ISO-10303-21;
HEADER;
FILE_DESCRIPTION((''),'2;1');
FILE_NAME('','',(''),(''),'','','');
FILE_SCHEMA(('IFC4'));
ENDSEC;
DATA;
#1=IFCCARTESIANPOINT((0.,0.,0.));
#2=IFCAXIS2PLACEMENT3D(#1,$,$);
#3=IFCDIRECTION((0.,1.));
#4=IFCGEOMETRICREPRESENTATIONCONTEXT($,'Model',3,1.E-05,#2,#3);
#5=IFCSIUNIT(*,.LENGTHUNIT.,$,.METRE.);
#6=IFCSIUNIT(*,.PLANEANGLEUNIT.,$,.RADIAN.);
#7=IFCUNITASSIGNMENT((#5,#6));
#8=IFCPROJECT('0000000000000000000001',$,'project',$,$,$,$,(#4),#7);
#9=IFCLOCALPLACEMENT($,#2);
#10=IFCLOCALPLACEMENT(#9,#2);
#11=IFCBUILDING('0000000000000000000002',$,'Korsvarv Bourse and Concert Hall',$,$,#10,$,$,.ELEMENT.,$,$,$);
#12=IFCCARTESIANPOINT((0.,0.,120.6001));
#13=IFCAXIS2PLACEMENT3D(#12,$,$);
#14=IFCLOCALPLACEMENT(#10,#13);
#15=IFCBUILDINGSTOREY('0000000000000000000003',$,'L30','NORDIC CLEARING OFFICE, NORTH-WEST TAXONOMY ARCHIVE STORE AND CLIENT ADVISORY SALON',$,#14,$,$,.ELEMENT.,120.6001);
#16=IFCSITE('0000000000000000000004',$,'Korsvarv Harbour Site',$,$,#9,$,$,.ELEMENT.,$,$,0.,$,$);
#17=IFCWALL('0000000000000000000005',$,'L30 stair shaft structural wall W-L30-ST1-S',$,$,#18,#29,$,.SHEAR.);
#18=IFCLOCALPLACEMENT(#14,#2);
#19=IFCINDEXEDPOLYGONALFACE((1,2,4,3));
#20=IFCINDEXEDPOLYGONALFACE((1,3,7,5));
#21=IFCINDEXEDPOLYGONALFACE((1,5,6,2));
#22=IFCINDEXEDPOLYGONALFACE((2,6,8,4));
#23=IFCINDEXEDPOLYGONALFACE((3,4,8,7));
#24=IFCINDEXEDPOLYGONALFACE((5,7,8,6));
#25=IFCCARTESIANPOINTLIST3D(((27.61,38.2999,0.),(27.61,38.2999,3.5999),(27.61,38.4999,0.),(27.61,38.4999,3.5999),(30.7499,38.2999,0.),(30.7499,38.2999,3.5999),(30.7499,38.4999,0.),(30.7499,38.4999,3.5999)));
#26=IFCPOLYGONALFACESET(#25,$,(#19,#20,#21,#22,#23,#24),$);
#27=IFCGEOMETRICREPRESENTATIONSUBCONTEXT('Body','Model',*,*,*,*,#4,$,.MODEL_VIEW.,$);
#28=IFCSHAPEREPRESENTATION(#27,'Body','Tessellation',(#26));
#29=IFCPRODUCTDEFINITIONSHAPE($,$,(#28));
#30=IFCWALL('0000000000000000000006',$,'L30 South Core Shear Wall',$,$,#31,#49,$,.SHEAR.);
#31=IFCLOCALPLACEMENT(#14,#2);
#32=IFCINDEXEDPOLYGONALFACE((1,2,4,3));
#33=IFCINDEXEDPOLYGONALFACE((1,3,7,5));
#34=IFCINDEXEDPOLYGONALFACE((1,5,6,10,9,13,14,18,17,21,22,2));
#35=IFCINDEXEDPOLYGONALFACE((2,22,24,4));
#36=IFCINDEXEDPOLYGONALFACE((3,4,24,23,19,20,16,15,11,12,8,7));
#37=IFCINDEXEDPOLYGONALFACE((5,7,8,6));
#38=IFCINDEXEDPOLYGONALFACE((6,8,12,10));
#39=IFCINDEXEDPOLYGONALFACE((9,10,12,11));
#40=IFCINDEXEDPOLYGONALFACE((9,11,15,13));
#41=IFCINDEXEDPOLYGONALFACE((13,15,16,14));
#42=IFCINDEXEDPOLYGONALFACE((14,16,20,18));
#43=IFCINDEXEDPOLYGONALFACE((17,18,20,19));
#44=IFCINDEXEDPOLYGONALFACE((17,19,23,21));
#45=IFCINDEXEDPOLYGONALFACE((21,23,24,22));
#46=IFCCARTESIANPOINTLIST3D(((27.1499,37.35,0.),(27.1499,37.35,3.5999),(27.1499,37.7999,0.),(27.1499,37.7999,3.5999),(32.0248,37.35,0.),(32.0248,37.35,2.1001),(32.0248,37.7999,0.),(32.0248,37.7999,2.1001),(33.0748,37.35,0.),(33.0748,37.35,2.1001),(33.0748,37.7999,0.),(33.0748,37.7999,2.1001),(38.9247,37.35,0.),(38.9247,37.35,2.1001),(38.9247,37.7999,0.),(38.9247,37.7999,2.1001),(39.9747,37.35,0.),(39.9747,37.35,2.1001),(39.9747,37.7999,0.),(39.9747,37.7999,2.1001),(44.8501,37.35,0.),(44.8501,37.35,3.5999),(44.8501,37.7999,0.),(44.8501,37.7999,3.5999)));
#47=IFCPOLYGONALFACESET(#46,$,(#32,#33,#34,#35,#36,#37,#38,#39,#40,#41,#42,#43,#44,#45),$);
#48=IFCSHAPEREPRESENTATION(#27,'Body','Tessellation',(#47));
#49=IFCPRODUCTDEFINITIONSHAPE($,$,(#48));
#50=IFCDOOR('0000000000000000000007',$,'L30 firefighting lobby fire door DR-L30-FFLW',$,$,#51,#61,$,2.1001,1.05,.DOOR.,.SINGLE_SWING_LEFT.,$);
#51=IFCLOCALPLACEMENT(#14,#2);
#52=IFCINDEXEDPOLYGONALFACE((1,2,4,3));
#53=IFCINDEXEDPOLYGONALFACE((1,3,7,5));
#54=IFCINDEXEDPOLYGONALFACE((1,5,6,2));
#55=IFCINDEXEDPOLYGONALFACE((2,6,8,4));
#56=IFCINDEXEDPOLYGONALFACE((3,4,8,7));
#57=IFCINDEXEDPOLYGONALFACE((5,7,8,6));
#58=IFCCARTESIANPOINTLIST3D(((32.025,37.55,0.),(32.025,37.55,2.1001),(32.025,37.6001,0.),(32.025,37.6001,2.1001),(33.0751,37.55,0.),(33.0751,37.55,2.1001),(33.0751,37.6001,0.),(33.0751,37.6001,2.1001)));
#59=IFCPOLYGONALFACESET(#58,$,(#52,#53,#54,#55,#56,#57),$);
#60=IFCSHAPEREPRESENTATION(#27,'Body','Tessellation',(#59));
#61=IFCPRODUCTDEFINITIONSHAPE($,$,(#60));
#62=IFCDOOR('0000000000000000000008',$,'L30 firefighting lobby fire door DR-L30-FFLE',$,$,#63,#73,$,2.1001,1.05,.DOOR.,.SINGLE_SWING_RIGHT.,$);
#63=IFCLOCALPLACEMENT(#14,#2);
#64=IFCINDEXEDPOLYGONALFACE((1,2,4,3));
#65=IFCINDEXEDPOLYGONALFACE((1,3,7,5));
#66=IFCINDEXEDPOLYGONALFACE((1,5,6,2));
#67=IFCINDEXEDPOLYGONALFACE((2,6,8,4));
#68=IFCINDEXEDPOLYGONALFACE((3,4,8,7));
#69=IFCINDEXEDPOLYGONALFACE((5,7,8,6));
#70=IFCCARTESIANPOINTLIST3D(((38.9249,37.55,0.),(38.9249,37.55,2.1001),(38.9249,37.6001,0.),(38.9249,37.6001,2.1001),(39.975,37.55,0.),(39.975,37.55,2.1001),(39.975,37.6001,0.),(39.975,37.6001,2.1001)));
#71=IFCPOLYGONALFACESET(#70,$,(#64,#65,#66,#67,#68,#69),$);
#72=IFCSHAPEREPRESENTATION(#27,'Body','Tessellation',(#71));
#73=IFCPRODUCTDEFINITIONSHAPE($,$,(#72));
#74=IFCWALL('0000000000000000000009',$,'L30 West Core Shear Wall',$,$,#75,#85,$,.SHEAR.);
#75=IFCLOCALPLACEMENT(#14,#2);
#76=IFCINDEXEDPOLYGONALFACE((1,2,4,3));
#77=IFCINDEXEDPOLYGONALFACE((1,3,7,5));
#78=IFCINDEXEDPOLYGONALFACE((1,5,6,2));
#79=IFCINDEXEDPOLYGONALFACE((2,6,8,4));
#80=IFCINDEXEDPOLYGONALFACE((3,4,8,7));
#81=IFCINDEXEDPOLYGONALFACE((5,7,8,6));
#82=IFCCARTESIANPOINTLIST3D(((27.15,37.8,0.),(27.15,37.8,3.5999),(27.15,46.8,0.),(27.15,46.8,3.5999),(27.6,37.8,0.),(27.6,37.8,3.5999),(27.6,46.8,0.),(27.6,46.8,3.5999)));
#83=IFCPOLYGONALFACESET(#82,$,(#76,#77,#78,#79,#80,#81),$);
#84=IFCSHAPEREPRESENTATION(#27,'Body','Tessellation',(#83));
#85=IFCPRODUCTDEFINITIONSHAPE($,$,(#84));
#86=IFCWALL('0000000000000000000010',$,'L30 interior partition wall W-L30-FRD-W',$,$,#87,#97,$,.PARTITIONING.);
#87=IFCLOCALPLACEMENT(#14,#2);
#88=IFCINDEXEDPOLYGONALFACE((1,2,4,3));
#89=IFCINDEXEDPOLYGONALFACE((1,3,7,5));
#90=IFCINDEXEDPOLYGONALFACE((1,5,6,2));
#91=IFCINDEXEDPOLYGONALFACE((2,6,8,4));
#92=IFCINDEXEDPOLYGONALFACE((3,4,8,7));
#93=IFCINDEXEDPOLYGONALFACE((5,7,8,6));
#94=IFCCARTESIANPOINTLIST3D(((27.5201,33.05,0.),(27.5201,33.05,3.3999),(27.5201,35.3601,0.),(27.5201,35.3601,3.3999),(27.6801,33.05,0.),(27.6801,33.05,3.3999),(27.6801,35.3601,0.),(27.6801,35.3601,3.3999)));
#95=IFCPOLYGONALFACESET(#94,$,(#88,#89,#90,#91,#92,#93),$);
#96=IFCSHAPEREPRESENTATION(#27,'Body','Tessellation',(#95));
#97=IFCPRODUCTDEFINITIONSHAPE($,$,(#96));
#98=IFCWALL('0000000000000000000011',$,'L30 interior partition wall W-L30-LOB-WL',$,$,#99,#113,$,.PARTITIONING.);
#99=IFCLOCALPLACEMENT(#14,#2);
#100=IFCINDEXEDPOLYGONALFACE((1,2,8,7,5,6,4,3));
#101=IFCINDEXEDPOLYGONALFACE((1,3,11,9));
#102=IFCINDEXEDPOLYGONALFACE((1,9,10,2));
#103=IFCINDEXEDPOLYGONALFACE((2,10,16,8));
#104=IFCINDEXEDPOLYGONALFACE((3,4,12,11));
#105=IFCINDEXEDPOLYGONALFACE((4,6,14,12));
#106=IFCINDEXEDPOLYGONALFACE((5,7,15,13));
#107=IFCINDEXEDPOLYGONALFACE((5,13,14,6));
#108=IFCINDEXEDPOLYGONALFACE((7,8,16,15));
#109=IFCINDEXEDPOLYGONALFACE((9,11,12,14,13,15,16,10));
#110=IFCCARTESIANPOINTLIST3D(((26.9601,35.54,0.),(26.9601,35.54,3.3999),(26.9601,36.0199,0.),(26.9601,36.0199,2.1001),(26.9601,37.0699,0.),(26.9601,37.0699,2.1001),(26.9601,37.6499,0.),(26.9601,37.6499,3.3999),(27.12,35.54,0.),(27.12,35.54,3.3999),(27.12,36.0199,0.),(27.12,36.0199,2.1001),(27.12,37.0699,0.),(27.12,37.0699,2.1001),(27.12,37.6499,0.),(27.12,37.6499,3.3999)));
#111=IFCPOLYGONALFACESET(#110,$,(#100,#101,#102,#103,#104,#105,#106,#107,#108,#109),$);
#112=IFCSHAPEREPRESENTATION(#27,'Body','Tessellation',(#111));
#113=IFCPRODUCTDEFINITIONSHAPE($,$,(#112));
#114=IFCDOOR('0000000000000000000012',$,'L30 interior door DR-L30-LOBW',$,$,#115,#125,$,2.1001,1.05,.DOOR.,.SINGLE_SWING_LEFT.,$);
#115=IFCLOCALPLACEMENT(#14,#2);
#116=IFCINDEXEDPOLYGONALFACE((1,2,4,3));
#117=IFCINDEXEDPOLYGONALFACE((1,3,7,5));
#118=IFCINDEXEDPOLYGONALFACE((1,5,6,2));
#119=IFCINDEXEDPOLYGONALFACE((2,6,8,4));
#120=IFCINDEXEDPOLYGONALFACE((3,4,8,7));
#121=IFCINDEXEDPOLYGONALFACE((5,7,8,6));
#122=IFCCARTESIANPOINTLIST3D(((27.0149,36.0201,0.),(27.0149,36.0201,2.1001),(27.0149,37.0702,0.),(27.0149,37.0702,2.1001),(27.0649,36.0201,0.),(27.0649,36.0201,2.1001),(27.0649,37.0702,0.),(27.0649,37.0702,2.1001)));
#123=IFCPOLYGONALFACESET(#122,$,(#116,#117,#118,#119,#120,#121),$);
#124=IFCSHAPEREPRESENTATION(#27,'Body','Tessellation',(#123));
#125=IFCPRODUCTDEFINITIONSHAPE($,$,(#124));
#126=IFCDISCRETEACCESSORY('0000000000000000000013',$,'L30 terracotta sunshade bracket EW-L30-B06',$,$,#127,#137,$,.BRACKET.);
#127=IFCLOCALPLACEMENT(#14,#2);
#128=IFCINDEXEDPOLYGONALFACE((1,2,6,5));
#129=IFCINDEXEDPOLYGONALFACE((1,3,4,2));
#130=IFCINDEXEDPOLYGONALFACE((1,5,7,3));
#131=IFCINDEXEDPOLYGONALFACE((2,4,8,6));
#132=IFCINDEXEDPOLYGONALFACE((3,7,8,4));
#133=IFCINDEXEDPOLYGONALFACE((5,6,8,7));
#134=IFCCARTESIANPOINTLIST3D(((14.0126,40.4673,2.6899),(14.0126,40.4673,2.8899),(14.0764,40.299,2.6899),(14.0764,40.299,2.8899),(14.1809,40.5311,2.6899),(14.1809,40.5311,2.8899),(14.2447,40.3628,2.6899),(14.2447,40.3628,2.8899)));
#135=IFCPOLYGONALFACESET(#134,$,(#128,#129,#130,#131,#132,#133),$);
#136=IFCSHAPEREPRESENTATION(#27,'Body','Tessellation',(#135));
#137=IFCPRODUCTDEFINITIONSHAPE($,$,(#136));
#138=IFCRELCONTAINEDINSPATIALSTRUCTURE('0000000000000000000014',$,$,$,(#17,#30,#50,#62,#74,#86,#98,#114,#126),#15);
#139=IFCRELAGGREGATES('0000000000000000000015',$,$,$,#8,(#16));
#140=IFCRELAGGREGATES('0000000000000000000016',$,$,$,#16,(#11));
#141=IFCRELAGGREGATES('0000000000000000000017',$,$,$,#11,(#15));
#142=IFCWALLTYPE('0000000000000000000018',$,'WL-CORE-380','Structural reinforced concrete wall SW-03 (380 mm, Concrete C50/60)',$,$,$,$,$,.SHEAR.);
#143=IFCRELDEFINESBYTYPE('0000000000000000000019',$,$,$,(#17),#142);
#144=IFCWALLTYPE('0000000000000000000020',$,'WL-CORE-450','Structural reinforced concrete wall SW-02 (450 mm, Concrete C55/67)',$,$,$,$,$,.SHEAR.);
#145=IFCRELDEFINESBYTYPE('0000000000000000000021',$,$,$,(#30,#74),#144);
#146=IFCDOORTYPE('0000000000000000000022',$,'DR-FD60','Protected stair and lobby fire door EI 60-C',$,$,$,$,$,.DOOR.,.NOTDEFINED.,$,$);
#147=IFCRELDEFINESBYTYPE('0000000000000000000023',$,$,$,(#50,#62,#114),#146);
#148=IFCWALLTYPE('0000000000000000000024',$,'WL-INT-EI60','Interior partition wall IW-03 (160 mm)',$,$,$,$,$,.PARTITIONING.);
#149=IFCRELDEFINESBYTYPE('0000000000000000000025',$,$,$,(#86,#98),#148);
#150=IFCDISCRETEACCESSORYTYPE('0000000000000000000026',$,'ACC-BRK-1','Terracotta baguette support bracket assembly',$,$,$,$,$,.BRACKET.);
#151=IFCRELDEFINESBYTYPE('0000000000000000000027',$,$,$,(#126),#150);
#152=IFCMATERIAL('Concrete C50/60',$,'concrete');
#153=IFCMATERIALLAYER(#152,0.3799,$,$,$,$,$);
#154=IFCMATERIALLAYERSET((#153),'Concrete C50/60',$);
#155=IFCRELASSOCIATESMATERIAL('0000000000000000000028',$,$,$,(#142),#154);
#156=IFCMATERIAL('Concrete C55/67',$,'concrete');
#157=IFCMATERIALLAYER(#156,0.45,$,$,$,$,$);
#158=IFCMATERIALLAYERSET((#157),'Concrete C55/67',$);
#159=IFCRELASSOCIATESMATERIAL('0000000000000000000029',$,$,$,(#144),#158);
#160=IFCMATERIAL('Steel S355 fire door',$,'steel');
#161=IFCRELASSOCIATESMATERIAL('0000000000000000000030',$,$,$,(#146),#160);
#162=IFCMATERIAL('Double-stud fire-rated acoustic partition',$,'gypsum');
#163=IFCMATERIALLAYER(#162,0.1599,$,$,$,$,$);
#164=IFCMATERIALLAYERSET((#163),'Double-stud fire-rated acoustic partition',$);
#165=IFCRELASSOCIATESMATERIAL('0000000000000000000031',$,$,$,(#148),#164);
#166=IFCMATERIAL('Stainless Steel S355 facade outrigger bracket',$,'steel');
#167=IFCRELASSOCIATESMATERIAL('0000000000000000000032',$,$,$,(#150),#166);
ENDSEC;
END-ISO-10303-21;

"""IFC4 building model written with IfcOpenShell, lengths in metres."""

from ifc_helpers import new_model, si_unit, direction, frame, frame_2d, origin, origin_2d, place, context, subcontext, project, spatial, rectangle, extrude, source, transform, mapped, material, layer, layer_set, type_object, element, fill, save


model = new_model("IFC4")

# Units and contexts
model_context = context("Model", 3, precision=1e-05, world=origin(), true_north=direction((0.0, 1.0)))
body_context = subcontext(model_context, "Body", "Model", "MODEL_VIEW")
ifc_project = project(units=[si_unit("LENGTHUNIT", "METRE"), si_unit("PLANEANGLEUNIT", "RADIAN")], contexts=[model_context])

# Site, building, storey
site_placement = place(None, origin())
site = spatial("IfcSite", under=ifc_project, at=site_placement, Name="Korsvarv Harbour Site", CompositionType="ELEMENT", RefElevation=0.0)
building_placement = place(site_placement, origin())
building = spatial("IfcBuilding", under=site, at=building_placement, Name="Korsvarv Bourse and Concert Hall", CompositionType="ELEMENT")
storey_placement = place(building_placement, frame((0.0, 0.0, 120.6001)))
storey = spatial("IfcBuildingStorey", under=building, at=storey_placement, Name="L30", Description="NORDIC CLEARING OFFICE, NORTH-WEST TAXONOMY ARCHIVE STORE AND CLIENT ADVISORY SALON", CompositionType="ELEMENT", Elevation=120.6001)

# Wall
ifc_material_1 = material(Name="Concrete C50/60", Category="concrete")
ifc_layer_1 = layer(ifc_material_1, 0.3799)
ifc_layer_set_1 = layer_set([ifc_layer_1], Name="Concrete C50/60")
wall_type_1 = type_object("IfcWallType", Name="WL-CORE-380", Description="Structural reinforced concrete wall SW-03 (380 mm, Concrete C50/60)", PredefinedType="SHEAR", material=ifc_layer_set_1)
wall_1_placement = place(storey_placement, frame((27.6101, 38.3999, 0.0), z_axis=(0.0, 0.0, 1.0), x_axis=(1.0, 0.0, 0.0)))
element("IfcWall", 1, at=wall_1_placement, inside=storey, type_object=wall_type_1, Name="L30 stair shaft structural wall W-L30-ST1-S", PredefinedType="SHEAR", context=body_context, shape_type="SweptSolid", body=[
    extrude(rectangle(XDim=3.1399, YDim=0.2, at=frame_2d((1.5698, 0.0))), origin(), (0.0, 0.0, 1.0), 3.5999),
])

# Wall, openings, doors
ifc_material_2 = material(Name="Concrete C55/67", Category="concrete")
ifc_layer_2 = layer(ifc_material_2, 0.45)
ifc_layer_set_2 = layer_set([ifc_layer_2], Name="Concrete C55/67")
wall_type_2 = type_object("IfcWallType", Name="WL-CORE-450", Description="Structural reinforced concrete wall SW-02 (450 mm, Concrete C55/67)", PredefinedType="SHEAR", material=ifc_layer_set_2)
wall_2_placement = place(storey_placement, frame((27.1499, 37.575, 0.0), z_axis=(0.0, 0.0, 1.0), x_axis=(1.0, 0.0, 0.0)))
wall_2 = element("IfcWall", 2, at=wall_2_placement, inside=storey, type_object=wall_type_2, Name="L30 South Core Shear Wall", PredefinedType="SHEAR", context=body_context, shape_type="SweptSolid", body=[
    extrude(rectangle(XDim=17.7002, YDim=0.45, at=frame_2d((8.8501, 0.0))), origin(), (0.0, 0.0, 1.0), 3.5999),
])
opening_1_placement = place(wall_2_placement, frame((4.875, 0.0, 0.0)))
opening_1 = element("IfcOpeningElement", 3, at=opening_1_placement, cuts=wall_2, PredefinedType="OPENING", context=body_context, shape_type="SweptSolid", body=[
    extrude(rectangle(XDim=1.05, YDim=2.1001, at=frame_2d((0.5249, 1.05))), frame((0.0, 0.2349, 0.0), z_axis=(0.0, -1.0, 0.0), x_axis=(1.0, 0.0, 0.0)), (0.0, 0.0, 1.0), 0.47),
])
opening_2_placement = place(wall_2_placement, frame((11.7749, 0.0, 0.0)))
opening_2 = element("IfcOpeningElement", 4, at=opening_2_placement, cuts=wall_2, PredefinedType="OPENING", context=body_context, shape_type="SweptSolid", body=[
    extrude(rectangle(XDim=1.05, YDim=2.1001, at=frame_2d((0.5249, 1.05))), frame((0.0, 0.2349, 0.0), z_axis=(0.0, -1.0, 0.0), x_axis=(1.0, 0.0, 0.0)), (0.0, 0.0, 1.0), 0.47),
])
ifc_material_3 = material(Name="Steel S355 fire door", Category="steel")
door_type = type_object("IfcDoorType", Name="DR-FD60", Description="Protected stair and lobby fire door EI 60-C", OperationType="NOTDEFINED", PredefinedType="DOOR", material=ifc_material_3)
door_1_placement = place(opening_1_placement, frame((1.05, 0.0, 0.0), z_axis=(0.0, 0.0, 1.0), x_axis=(-1.0, 0.0, 0.0)))
door_1 = element("IfcDoor", 5, at=door_1_placement, inside=storey, type_object=door_type, Name="L30 firefighting lobby fire door DR-L30-FFLW", OperationType="SINGLE_SWING_LEFT", OverallHeight=2.1001, OverallWidth=1.05, PredefinedType="DOOR", context=body_context, shape_type="SweptSolid", body=[
    extrude(rectangle(XDim=1.05, YDim=2.1001, at=frame_2d((0.5249, 1.05))), frame((0.0, 0.0249, 0.0), z_axis=(0.0, -1.0, 0.0), x_axis=(1.0, 0.0, 0.0)), (0.0, 0.0, 1.0), 0.05),
])
fill(opening_1, door_1)
door_2_placement = place(opening_2_placement, frame((1.05, 0.0, 0.0), z_axis=(0.0, 0.0, 1.0), x_axis=(-1.0, 0.0, 0.0)))
door_2 = element("IfcDoor", 6, at=door_2_placement, inside=storey, type_object=door_type, Name="L30 firefighting lobby fire door DR-L30-FFLE", OperationType="SINGLE_SWING_RIGHT", OverallHeight=2.1001, OverallWidth=1.05, PredefinedType="DOOR", context=body_context, shape_type="SweptSolid", body=[
    extrude(rectangle(XDim=1.05, YDim=2.1001, at=frame_2d((0.5249, 1.05))), frame((0.0, 0.0249, 0.0), z_axis=(0.0, -1.0, 0.0), x_axis=(1.0, 0.0, 0.0)), (0.0, 0.0, 1.0), 0.05),
])
fill(opening_2, door_2)

# Walls
wall_3_placement = place(storey_placement, frame((27.375, 37.8, 0.0), z_axis=(0.0, 0.0, 1.0), x_axis=(0.0, 1.0, 0.0)))
element("IfcWall", 7, at=wall_3_placement, inside=storey, type_object=wall_type_2, Name="L30 West Core Shear Wall", PredefinedType="SHEAR", context=body_context, shape_type="SweptSolid", body=[
    extrude(rectangle(XDim=9.0, YDim=0.45, at=frame_2d((4.5, 0.0))), origin(), (0.0, 0.0, 1.0), 3.5999),
])
ifc_material_4 = material(Name="Double-stud fire-rated acoustic partition", Category="gypsum")
ifc_layer_3 = layer(ifc_material_4, 0.1599)
ifc_layer_set_3 = layer_set([ifc_layer_3], Name="Double-stud fire-rated acoustic partition")
wall_type_3 = type_object("IfcWallType", Name="WL-INT-EI60", Description="Interior partition wall IW-03 (160 mm)", PredefinedType="PARTITIONING", material=ifc_layer_set_3)
wall_4_placement = place(storey_placement, frame((27.6001, 33.05, 0.0), z_axis=(0.0, 0.0, 1.0), x_axis=(0.0, 1.0, 0.0)))
element("IfcWall", 8, at=wall_4_placement, inside=storey, type_object=wall_type_3, Name="L30 interior partition wall W-L30-FRD-W", PredefinedType="PARTITIONING", context=body_context, shape_type="SweptSolid", body=[
    extrude(rectangle(XDim=2.3101, YDim=0.1599, at=frame_2d((1.155, 0.0))), origin(), (0.0, 0.0, 1.0), 3.3999),
])

# Wall, opening, door
wall_5_placement = place(storey_placement, frame((27.04, 35.54, 0.0), z_axis=(0.0, 0.0, 1.0), x_axis=(0.0, 1.0, 0.0)))
wall_5 = element("IfcWall", 9, at=wall_5_placement, inside=storey, type_object=wall_type_3, Name="L30 interior partition wall W-L30-LOB-WL", PredefinedType="PARTITIONING", context=body_context, shape_type="SweptSolid", body=[
    extrude(rectangle(XDim=2.1099, YDim=0.1599, at=frame_2d((1.0549, 0.0))), origin(), (0.0, 0.0, 1.0), 3.3999),
])
opening_3_placement = place(wall_5_placement, frame((0.48, 0.0, 0.0)))
opening_3 = element("IfcOpeningElement", 10, at=opening_3_placement, cuts=wall_5, PredefinedType="OPENING", context=body_context, shape_type="SweptSolid", body=[
    extrude(rectangle(XDim=1.05, YDim=2.1001, at=frame_2d((0.5249, 1.05))), frame((0.0, 0.0898, 0.0), z_axis=(0.0, -1.0, 0.0), x_axis=(1.0, 0.0, 0.0)), (0.0, 0.0, 1.0), 0.1799),
])
door_3_placement = place(opening_3_placement, frame((1.05, 0.0, 0.0), z_axis=(0.0, 0.0, 1.0), x_axis=(-1.0, 0.0, 0.0)))
door_3 = element("IfcDoor", 11, at=door_3_placement, inside=storey, type_object=door_type, Name="L30 interior door DR-L30-LOBW", OperationType="SINGLE_SWING_LEFT", OverallHeight=2.1001, OverallWidth=1.05, PredefinedType="DOOR", context=body_context, shape_type="SweptSolid", body=[
    extrude(rectangle(XDim=1.05, YDim=2.1001, at=frame_2d((0.5249, 1.05))), frame((0.0, 0.0249, 0.0), z_axis=(0.0, -1.0, 0.0), x_axis=(1.0, 0.0, 0.0)), (0.0, 0.0, 1.0), 0.05),
])
fill(opening_3, door_3)

# Discrete accessory
ifc_material_5 = material(Name="Stainless Steel S355 facade outrigger bracket", Category="steel")
discrete_accessory_type = type_object("IfcDiscreteAccessoryType", Name="ACC-BRK-1", Description="Terracotta baguette support bracket assembly", PredefinedType="BRACKET", material=ifc_material_5)
shared_shape_1 = source(origin(), body_context, "Body", "SweptSolid", [
    extrude(rectangle(XDim=0.1799, YDim=0.1799, at=origin_2d()), origin(), (0.0, 0.0, 1.0), 0.2),
])
discrete_accessory_placement = place(storey_placement, frame((14.1287, 40.415, 2.6899), z_axis=(0.0, 0.0, 1.0), x_axis=(0.354454, -0.935073, 0.0)))
element("IfcDiscreteAccessory", 12, at=discrete_accessory_placement, inside=storey, type_object=discrete_accessory_type, Name="L30 terracotta sunshade bracket EW-L30-B06", PredefinedType="BRACKET", context=body_context, shape_type="MappedRepresentation", body=[
    mapped(shared_shape_1, transform((0.0, 0.0, 0.0), scale=1.0)),
])

save(model, "model.ifc")
